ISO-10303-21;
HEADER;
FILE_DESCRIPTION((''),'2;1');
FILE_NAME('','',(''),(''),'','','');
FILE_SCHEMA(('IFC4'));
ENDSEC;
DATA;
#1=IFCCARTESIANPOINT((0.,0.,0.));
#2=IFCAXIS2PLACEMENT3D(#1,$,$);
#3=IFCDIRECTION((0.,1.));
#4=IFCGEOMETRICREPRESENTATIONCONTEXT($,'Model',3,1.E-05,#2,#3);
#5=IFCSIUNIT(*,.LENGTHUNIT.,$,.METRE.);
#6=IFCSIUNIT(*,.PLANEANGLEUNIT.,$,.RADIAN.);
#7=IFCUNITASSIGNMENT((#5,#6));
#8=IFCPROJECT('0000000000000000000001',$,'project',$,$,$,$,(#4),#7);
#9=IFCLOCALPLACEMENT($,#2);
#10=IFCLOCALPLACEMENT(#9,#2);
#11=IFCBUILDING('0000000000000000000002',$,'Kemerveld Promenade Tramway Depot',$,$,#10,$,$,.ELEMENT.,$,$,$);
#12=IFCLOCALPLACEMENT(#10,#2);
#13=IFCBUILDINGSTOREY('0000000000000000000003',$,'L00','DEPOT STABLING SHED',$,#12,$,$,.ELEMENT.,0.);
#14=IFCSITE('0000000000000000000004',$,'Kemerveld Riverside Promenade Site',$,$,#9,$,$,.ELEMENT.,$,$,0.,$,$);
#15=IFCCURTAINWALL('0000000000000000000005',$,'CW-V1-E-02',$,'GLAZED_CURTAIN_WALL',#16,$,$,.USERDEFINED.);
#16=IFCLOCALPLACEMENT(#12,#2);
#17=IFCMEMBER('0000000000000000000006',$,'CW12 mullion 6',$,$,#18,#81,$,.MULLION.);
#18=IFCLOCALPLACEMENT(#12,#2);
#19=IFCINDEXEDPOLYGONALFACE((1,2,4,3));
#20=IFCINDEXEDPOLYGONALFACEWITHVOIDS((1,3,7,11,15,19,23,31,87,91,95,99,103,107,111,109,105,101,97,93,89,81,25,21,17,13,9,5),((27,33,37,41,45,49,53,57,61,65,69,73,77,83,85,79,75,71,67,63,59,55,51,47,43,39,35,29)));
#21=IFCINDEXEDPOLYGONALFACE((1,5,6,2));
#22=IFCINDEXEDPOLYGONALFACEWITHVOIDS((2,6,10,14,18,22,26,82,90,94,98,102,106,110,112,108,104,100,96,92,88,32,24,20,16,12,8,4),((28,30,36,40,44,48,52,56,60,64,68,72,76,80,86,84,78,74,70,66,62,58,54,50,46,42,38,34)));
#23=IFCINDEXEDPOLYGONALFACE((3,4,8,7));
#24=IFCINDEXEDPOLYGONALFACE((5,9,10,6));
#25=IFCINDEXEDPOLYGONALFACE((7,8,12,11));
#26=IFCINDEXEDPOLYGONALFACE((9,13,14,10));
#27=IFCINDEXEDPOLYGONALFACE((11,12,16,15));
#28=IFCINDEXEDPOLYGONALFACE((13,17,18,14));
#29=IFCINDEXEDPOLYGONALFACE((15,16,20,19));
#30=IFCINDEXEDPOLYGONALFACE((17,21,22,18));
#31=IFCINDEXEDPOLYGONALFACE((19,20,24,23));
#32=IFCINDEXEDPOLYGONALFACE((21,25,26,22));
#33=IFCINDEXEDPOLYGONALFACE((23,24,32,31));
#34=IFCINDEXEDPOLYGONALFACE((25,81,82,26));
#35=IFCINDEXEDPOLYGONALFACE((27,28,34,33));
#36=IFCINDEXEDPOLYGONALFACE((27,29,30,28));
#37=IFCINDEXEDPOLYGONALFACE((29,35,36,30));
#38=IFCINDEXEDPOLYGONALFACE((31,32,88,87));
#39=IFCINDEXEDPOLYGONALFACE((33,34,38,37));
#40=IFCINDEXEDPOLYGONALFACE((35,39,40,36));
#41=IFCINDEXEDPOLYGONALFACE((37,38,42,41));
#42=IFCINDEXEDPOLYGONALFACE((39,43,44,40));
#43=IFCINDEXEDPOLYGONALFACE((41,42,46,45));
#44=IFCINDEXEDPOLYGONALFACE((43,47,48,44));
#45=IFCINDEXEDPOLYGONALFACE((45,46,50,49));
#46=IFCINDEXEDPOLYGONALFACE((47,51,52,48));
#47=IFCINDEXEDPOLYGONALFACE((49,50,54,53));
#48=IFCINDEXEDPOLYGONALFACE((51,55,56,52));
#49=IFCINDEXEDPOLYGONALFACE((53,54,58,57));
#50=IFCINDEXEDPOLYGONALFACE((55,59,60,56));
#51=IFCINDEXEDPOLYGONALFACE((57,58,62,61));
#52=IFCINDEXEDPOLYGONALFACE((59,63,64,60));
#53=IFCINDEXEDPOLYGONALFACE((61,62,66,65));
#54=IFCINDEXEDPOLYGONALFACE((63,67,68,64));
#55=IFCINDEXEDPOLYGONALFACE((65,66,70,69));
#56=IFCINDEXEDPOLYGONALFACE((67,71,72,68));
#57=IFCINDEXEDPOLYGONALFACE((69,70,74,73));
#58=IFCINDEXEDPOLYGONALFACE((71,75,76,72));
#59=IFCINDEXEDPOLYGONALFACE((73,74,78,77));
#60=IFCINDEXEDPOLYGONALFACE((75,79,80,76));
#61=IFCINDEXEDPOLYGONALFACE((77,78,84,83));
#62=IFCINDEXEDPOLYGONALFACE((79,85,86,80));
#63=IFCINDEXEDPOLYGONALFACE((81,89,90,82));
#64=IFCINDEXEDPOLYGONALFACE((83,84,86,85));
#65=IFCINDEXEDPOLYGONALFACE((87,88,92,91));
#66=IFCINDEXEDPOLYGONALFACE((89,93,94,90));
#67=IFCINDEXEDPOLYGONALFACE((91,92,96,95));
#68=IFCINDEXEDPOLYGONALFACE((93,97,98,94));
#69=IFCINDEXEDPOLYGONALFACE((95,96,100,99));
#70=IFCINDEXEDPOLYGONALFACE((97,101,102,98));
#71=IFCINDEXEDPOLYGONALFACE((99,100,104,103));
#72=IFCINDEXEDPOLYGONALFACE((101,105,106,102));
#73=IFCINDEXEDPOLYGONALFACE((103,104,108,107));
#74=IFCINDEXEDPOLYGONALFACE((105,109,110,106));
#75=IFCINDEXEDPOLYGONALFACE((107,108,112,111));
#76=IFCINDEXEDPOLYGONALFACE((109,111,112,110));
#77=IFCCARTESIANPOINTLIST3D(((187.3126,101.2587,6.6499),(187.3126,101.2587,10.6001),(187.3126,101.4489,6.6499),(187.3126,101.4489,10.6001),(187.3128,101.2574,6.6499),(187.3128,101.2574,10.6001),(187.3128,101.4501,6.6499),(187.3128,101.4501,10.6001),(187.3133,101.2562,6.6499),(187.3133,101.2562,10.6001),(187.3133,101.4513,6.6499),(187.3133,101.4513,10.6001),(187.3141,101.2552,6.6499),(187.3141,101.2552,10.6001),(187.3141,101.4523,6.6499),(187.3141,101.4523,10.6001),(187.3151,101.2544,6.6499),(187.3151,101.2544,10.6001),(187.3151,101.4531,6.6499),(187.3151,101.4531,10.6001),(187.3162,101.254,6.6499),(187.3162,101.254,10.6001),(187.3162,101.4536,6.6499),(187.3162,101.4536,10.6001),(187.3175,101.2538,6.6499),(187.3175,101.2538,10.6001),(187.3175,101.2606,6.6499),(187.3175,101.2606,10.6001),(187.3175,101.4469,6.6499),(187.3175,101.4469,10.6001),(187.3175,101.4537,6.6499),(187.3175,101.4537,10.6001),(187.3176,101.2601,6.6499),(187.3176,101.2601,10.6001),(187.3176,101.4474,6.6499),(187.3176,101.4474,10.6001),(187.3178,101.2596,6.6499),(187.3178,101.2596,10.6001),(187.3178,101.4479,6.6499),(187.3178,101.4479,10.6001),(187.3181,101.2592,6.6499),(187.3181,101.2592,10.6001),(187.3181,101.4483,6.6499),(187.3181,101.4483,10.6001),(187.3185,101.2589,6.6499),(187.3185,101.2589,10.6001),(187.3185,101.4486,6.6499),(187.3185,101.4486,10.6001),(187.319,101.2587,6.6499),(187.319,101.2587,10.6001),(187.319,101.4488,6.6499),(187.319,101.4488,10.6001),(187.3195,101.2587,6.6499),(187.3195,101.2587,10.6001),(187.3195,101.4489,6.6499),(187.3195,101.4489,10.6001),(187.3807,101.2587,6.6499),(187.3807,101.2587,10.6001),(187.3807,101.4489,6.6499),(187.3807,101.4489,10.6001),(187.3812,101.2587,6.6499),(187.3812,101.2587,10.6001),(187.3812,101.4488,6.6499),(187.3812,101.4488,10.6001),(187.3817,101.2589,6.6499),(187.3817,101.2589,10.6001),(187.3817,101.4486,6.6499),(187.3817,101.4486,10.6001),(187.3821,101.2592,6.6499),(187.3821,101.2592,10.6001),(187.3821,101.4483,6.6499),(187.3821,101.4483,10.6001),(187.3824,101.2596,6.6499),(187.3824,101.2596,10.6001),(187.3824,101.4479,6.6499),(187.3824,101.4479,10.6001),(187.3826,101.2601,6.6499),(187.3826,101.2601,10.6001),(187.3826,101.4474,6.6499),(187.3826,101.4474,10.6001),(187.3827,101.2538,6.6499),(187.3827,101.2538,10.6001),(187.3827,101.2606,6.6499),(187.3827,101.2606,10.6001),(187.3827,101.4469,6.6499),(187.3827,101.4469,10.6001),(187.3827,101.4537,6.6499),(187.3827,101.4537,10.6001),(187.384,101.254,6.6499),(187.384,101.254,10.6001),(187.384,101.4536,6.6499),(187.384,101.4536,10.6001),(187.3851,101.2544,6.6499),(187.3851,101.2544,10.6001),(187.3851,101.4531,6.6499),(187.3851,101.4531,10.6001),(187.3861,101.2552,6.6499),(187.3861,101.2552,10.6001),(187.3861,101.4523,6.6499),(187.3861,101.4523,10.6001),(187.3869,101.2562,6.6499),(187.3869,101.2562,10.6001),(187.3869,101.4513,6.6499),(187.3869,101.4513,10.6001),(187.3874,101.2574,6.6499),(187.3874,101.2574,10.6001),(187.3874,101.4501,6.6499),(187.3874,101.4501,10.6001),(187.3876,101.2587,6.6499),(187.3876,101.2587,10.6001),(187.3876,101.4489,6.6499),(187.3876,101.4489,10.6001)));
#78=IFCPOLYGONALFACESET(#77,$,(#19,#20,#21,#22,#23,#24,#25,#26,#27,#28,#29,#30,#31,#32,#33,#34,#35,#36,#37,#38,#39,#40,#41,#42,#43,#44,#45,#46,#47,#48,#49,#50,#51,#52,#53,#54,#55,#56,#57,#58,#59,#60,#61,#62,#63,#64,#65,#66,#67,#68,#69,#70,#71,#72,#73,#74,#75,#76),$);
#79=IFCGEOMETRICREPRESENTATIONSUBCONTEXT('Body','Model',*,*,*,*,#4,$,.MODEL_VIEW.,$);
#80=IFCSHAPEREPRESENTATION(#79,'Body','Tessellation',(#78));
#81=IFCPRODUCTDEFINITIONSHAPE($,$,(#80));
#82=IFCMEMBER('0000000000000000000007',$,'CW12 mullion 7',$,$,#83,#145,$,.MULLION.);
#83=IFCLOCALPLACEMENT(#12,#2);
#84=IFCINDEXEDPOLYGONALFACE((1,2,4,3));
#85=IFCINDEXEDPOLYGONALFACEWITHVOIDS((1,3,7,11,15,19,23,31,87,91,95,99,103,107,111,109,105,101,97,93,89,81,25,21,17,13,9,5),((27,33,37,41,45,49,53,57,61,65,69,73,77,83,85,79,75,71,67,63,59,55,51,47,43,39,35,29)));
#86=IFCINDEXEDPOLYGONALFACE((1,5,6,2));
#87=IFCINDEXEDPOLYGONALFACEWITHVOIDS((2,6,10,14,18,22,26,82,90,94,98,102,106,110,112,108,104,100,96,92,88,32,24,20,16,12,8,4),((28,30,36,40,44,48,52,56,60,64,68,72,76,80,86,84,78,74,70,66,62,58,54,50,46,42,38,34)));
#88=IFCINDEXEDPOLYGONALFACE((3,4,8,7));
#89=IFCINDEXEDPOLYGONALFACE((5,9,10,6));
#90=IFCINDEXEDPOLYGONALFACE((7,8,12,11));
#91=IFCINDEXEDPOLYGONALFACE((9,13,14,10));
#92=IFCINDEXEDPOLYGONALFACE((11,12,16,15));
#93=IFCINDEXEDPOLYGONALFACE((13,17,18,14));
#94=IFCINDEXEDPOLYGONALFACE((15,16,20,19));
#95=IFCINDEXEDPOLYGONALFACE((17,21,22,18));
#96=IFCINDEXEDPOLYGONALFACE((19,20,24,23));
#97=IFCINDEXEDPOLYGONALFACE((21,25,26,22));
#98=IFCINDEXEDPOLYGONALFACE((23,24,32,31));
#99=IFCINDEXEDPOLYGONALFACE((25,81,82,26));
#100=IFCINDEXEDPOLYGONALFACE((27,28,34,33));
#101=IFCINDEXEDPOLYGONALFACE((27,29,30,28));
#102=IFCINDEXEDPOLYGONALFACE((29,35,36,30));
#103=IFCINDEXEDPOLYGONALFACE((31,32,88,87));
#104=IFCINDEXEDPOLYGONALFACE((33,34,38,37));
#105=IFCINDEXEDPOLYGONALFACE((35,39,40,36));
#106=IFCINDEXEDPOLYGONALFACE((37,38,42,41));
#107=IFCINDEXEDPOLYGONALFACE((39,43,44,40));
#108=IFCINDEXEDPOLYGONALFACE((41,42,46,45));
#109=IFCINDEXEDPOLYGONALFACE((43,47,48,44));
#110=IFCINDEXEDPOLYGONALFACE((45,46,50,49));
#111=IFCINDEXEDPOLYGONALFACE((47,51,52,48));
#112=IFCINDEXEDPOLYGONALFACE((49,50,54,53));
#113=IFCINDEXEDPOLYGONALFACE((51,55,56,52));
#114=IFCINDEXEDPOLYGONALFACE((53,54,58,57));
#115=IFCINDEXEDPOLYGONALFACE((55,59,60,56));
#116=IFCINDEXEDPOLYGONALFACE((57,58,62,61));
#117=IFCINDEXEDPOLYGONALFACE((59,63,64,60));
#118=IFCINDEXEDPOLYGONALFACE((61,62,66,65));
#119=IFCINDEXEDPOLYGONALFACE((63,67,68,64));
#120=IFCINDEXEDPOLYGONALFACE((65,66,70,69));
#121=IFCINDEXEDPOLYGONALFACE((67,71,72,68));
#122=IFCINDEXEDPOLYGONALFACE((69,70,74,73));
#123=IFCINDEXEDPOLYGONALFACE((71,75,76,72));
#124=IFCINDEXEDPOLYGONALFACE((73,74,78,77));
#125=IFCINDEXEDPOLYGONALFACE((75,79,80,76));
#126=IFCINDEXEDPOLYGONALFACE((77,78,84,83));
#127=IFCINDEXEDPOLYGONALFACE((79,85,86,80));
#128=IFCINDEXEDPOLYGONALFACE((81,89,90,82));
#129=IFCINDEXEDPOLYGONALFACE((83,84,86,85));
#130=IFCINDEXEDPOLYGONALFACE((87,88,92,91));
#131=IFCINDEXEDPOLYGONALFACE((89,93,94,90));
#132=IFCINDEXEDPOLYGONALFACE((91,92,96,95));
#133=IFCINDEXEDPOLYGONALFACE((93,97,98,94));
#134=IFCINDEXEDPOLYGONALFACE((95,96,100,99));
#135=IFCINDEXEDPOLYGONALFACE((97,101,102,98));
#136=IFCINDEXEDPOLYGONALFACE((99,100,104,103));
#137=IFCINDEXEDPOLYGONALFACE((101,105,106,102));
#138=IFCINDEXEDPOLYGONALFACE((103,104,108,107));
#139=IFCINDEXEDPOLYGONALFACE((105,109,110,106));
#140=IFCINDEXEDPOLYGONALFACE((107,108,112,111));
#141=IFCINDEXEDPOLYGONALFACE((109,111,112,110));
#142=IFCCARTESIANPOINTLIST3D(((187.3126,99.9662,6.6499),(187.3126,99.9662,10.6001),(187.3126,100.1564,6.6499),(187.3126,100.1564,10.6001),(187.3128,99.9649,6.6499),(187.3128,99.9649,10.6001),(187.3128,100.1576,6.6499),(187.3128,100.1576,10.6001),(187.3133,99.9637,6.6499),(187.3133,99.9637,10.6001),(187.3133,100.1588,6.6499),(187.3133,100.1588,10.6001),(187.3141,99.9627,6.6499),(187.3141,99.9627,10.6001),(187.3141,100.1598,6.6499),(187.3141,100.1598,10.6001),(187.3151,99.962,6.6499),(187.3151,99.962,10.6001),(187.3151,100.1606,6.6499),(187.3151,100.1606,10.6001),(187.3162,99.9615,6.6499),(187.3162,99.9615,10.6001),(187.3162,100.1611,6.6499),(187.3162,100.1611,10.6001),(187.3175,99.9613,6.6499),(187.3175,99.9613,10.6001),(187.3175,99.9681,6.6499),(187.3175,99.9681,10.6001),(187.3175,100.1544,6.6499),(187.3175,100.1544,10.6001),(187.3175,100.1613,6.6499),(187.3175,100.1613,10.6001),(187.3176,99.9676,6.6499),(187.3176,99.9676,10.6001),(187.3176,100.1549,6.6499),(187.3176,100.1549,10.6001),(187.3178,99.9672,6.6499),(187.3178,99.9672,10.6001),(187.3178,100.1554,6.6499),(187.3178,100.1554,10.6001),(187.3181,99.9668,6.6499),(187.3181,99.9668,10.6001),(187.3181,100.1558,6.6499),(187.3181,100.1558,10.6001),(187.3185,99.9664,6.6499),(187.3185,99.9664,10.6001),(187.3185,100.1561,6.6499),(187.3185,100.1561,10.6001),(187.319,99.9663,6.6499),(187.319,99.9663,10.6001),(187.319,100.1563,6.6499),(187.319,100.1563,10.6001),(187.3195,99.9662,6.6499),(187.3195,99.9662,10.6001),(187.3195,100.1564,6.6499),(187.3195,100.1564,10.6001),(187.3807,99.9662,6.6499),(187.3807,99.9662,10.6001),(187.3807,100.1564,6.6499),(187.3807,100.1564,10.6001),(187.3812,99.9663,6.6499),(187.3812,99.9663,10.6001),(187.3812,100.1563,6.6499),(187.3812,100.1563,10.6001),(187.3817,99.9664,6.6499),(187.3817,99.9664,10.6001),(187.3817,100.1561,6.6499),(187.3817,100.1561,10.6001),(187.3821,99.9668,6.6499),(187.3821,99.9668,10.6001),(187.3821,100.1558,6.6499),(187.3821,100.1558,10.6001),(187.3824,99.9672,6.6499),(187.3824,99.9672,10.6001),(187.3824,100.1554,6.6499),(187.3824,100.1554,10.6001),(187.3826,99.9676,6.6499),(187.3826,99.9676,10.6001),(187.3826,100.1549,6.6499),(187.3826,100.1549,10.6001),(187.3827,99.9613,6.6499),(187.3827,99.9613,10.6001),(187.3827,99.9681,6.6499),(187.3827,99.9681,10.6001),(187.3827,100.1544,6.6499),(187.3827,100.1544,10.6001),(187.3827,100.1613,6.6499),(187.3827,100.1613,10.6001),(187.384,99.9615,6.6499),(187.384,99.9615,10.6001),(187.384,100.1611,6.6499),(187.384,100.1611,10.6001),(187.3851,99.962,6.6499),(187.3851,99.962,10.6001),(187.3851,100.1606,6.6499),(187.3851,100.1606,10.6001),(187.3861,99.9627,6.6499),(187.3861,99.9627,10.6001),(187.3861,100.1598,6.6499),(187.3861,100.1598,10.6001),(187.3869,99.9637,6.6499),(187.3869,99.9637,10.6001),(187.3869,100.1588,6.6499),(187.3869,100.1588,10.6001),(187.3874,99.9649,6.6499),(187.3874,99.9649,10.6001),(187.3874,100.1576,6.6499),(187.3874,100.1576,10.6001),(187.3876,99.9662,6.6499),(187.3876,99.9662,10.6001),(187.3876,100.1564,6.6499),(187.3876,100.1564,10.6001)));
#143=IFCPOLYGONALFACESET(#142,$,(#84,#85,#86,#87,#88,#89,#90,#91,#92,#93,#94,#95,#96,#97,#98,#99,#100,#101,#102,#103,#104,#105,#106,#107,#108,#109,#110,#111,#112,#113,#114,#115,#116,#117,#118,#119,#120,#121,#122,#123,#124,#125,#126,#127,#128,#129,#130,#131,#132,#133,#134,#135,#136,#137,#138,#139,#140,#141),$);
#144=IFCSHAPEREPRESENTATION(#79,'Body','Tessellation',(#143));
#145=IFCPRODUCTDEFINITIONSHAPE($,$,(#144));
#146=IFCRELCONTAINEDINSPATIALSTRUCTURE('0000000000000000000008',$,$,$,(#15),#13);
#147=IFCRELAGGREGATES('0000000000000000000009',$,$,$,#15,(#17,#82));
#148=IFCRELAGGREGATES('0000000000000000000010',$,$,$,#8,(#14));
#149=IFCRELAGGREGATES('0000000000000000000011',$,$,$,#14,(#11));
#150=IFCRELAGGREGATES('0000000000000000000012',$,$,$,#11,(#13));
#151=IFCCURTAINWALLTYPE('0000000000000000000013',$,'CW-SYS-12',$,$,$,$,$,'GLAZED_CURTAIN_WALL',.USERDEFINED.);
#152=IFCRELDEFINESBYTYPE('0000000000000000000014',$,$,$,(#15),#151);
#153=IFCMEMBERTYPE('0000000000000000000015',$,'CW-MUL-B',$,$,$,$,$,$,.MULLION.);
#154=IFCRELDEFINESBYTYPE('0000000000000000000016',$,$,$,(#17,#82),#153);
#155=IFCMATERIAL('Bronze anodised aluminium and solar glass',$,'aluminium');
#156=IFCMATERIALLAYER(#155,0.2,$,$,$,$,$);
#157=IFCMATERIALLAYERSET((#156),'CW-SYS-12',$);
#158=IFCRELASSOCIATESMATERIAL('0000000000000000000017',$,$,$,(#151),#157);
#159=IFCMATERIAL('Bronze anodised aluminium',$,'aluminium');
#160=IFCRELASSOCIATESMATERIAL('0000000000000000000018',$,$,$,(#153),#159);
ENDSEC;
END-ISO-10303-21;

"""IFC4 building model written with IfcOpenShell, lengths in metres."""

from ifc_helpers import new_model, si_unit, direction, frame, origin, origin_2d, place, context, subcontext, project, spatial, hollow_rectangle, extrude, material, layer, layer_set, material_profile, profile_set, type_object, element, aggregate, save


model = new_model("IFC4")

# Units and contexts
model_context = context("Model", 3, precision=1e-05, world=origin(), true_north=direction((0.0, 1.0)))
body_context = subcontext(model_context, "Body", "Model", "MODEL_VIEW")
ifc_project = project(units=[si_unit("LENGTHUNIT", "METRE"), si_unit("PLANEANGLEUNIT", "RADIAN")], contexts=[model_context])

# Site, building, storey
site_placement = place(None, origin())
site = spatial("IfcSite", under=ifc_project, at=site_placement, Name="Kemerveld Riverside Promenade Site", CompositionType="ELEMENT", RefElevation=0.0)
building_placement = place(site_placement, origin())
building = spatial("IfcBuilding", under=site, at=building_placement, Name="Kemerveld Promenade Tramway Depot", CompositionType="ELEMENT")
storey_placement = place(building_placement, origin())
storey = spatial("IfcBuildingStorey", under=building, at=storey_placement, Name="L00", Description="DEPOT STABLING SHED", CompositionType="ELEMENT", Elevation=0.0)

# Curtain wall, members
ifc_material_1 = material(Name="Bronze anodised aluminium and solar glass", Category="aluminium")
ifc_layer_1 = layer(ifc_material_1, 0.2)
ifc_layer_set_1 = layer_set([ifc_layer_1], Name="CW-SYS-12")
curtain_wall_type = type_object("IfcCurtainWallType", Name="CW-SYS-12", ElementType="GLAZED_CURTAIN_WALL", PredefinedType="USERDEFINED", material=ifc_layer_set_1)
curtain_wall_placement = place(storey_placement, origin())
curtain_wall = element("IfcCurtainWall", 1, at=curtain_wall_placement, inside=storey, type_object=curtain_wall_type, Name="CW-V1-E-02", ObjectType="GLAZED_CURTAIN_WALL", PredefinedType="USERDEFINED")
ifc_material_2 = material(Name="Bronze anodised aluminium", Category="aluminium")
ifc_material_profile_1 = material_profile(ifc_material_2, hollow_rectangle(XDim=0.075, YDim=0.2, WallThickness=0.0049, InnerFilletRadius=0.002, OuterFilletRadius=0.0049, at=origin_2d()), Name="CW-MUL-200x75")
ifc_profile_set_1 = profile_set([ifc_material_profile_1], Name="Bronze anodised aluminium")
member_type_1 = type_object("IfcMemberType", Name="CW-MUL-B", PredefinedType="MULLION", material=ifc_profile_set_1)
member_1_placement = place(storey_placement, frame((187.3501, 101.3538, 6.6499), z_axis=(0.0, 0.0, 1.0), x_axis=(1.0, 0.0, 0.0)))
member_1 = element("IfcMember", 2, at=member_1_placement, type_object=member_type_1, Name="CW12 mullion 6", PredefinedType="MULLION", context=body_context, shape_type="SweptSolid", body=[
    extrude(hollow_rectangle(XDim=0.075, YDim=0.2, WallThickness=0.0049, InnerFilletRadius=0.002, OuterFilletRadius=0.0049, at=origin_2d()), origin(), (0.0, 0.0, 1.0), 3.9502),
])
member_2_placement = place(storey_placement, frame((187.3501, 100.0613, 6.6499), z_axis=(0.0, 0.0, 1.0), x_axis=(1.0, 0.0, 0.0)))
member_2 = element("IfcMember", 3, at=member_2_placement, type_object=member_type_1, Name="CW12 mullion 7", PredefinedType="MULLION", context=body_context, shape_type="SweptSolid", body=[
    extrude(hollow_rectangle(XDim=0.075, YDim=0.2, WallThickness=0.0049, InnerFilletRadius=0.002, OuterFilletRadius=0.0049, at=origin_2d()), origin(), (0.0, 0.0, 1.0), 3.9502),
])
aggregate(curtain_wall, [member_1, member_2])

save(model, "model.ifc")
